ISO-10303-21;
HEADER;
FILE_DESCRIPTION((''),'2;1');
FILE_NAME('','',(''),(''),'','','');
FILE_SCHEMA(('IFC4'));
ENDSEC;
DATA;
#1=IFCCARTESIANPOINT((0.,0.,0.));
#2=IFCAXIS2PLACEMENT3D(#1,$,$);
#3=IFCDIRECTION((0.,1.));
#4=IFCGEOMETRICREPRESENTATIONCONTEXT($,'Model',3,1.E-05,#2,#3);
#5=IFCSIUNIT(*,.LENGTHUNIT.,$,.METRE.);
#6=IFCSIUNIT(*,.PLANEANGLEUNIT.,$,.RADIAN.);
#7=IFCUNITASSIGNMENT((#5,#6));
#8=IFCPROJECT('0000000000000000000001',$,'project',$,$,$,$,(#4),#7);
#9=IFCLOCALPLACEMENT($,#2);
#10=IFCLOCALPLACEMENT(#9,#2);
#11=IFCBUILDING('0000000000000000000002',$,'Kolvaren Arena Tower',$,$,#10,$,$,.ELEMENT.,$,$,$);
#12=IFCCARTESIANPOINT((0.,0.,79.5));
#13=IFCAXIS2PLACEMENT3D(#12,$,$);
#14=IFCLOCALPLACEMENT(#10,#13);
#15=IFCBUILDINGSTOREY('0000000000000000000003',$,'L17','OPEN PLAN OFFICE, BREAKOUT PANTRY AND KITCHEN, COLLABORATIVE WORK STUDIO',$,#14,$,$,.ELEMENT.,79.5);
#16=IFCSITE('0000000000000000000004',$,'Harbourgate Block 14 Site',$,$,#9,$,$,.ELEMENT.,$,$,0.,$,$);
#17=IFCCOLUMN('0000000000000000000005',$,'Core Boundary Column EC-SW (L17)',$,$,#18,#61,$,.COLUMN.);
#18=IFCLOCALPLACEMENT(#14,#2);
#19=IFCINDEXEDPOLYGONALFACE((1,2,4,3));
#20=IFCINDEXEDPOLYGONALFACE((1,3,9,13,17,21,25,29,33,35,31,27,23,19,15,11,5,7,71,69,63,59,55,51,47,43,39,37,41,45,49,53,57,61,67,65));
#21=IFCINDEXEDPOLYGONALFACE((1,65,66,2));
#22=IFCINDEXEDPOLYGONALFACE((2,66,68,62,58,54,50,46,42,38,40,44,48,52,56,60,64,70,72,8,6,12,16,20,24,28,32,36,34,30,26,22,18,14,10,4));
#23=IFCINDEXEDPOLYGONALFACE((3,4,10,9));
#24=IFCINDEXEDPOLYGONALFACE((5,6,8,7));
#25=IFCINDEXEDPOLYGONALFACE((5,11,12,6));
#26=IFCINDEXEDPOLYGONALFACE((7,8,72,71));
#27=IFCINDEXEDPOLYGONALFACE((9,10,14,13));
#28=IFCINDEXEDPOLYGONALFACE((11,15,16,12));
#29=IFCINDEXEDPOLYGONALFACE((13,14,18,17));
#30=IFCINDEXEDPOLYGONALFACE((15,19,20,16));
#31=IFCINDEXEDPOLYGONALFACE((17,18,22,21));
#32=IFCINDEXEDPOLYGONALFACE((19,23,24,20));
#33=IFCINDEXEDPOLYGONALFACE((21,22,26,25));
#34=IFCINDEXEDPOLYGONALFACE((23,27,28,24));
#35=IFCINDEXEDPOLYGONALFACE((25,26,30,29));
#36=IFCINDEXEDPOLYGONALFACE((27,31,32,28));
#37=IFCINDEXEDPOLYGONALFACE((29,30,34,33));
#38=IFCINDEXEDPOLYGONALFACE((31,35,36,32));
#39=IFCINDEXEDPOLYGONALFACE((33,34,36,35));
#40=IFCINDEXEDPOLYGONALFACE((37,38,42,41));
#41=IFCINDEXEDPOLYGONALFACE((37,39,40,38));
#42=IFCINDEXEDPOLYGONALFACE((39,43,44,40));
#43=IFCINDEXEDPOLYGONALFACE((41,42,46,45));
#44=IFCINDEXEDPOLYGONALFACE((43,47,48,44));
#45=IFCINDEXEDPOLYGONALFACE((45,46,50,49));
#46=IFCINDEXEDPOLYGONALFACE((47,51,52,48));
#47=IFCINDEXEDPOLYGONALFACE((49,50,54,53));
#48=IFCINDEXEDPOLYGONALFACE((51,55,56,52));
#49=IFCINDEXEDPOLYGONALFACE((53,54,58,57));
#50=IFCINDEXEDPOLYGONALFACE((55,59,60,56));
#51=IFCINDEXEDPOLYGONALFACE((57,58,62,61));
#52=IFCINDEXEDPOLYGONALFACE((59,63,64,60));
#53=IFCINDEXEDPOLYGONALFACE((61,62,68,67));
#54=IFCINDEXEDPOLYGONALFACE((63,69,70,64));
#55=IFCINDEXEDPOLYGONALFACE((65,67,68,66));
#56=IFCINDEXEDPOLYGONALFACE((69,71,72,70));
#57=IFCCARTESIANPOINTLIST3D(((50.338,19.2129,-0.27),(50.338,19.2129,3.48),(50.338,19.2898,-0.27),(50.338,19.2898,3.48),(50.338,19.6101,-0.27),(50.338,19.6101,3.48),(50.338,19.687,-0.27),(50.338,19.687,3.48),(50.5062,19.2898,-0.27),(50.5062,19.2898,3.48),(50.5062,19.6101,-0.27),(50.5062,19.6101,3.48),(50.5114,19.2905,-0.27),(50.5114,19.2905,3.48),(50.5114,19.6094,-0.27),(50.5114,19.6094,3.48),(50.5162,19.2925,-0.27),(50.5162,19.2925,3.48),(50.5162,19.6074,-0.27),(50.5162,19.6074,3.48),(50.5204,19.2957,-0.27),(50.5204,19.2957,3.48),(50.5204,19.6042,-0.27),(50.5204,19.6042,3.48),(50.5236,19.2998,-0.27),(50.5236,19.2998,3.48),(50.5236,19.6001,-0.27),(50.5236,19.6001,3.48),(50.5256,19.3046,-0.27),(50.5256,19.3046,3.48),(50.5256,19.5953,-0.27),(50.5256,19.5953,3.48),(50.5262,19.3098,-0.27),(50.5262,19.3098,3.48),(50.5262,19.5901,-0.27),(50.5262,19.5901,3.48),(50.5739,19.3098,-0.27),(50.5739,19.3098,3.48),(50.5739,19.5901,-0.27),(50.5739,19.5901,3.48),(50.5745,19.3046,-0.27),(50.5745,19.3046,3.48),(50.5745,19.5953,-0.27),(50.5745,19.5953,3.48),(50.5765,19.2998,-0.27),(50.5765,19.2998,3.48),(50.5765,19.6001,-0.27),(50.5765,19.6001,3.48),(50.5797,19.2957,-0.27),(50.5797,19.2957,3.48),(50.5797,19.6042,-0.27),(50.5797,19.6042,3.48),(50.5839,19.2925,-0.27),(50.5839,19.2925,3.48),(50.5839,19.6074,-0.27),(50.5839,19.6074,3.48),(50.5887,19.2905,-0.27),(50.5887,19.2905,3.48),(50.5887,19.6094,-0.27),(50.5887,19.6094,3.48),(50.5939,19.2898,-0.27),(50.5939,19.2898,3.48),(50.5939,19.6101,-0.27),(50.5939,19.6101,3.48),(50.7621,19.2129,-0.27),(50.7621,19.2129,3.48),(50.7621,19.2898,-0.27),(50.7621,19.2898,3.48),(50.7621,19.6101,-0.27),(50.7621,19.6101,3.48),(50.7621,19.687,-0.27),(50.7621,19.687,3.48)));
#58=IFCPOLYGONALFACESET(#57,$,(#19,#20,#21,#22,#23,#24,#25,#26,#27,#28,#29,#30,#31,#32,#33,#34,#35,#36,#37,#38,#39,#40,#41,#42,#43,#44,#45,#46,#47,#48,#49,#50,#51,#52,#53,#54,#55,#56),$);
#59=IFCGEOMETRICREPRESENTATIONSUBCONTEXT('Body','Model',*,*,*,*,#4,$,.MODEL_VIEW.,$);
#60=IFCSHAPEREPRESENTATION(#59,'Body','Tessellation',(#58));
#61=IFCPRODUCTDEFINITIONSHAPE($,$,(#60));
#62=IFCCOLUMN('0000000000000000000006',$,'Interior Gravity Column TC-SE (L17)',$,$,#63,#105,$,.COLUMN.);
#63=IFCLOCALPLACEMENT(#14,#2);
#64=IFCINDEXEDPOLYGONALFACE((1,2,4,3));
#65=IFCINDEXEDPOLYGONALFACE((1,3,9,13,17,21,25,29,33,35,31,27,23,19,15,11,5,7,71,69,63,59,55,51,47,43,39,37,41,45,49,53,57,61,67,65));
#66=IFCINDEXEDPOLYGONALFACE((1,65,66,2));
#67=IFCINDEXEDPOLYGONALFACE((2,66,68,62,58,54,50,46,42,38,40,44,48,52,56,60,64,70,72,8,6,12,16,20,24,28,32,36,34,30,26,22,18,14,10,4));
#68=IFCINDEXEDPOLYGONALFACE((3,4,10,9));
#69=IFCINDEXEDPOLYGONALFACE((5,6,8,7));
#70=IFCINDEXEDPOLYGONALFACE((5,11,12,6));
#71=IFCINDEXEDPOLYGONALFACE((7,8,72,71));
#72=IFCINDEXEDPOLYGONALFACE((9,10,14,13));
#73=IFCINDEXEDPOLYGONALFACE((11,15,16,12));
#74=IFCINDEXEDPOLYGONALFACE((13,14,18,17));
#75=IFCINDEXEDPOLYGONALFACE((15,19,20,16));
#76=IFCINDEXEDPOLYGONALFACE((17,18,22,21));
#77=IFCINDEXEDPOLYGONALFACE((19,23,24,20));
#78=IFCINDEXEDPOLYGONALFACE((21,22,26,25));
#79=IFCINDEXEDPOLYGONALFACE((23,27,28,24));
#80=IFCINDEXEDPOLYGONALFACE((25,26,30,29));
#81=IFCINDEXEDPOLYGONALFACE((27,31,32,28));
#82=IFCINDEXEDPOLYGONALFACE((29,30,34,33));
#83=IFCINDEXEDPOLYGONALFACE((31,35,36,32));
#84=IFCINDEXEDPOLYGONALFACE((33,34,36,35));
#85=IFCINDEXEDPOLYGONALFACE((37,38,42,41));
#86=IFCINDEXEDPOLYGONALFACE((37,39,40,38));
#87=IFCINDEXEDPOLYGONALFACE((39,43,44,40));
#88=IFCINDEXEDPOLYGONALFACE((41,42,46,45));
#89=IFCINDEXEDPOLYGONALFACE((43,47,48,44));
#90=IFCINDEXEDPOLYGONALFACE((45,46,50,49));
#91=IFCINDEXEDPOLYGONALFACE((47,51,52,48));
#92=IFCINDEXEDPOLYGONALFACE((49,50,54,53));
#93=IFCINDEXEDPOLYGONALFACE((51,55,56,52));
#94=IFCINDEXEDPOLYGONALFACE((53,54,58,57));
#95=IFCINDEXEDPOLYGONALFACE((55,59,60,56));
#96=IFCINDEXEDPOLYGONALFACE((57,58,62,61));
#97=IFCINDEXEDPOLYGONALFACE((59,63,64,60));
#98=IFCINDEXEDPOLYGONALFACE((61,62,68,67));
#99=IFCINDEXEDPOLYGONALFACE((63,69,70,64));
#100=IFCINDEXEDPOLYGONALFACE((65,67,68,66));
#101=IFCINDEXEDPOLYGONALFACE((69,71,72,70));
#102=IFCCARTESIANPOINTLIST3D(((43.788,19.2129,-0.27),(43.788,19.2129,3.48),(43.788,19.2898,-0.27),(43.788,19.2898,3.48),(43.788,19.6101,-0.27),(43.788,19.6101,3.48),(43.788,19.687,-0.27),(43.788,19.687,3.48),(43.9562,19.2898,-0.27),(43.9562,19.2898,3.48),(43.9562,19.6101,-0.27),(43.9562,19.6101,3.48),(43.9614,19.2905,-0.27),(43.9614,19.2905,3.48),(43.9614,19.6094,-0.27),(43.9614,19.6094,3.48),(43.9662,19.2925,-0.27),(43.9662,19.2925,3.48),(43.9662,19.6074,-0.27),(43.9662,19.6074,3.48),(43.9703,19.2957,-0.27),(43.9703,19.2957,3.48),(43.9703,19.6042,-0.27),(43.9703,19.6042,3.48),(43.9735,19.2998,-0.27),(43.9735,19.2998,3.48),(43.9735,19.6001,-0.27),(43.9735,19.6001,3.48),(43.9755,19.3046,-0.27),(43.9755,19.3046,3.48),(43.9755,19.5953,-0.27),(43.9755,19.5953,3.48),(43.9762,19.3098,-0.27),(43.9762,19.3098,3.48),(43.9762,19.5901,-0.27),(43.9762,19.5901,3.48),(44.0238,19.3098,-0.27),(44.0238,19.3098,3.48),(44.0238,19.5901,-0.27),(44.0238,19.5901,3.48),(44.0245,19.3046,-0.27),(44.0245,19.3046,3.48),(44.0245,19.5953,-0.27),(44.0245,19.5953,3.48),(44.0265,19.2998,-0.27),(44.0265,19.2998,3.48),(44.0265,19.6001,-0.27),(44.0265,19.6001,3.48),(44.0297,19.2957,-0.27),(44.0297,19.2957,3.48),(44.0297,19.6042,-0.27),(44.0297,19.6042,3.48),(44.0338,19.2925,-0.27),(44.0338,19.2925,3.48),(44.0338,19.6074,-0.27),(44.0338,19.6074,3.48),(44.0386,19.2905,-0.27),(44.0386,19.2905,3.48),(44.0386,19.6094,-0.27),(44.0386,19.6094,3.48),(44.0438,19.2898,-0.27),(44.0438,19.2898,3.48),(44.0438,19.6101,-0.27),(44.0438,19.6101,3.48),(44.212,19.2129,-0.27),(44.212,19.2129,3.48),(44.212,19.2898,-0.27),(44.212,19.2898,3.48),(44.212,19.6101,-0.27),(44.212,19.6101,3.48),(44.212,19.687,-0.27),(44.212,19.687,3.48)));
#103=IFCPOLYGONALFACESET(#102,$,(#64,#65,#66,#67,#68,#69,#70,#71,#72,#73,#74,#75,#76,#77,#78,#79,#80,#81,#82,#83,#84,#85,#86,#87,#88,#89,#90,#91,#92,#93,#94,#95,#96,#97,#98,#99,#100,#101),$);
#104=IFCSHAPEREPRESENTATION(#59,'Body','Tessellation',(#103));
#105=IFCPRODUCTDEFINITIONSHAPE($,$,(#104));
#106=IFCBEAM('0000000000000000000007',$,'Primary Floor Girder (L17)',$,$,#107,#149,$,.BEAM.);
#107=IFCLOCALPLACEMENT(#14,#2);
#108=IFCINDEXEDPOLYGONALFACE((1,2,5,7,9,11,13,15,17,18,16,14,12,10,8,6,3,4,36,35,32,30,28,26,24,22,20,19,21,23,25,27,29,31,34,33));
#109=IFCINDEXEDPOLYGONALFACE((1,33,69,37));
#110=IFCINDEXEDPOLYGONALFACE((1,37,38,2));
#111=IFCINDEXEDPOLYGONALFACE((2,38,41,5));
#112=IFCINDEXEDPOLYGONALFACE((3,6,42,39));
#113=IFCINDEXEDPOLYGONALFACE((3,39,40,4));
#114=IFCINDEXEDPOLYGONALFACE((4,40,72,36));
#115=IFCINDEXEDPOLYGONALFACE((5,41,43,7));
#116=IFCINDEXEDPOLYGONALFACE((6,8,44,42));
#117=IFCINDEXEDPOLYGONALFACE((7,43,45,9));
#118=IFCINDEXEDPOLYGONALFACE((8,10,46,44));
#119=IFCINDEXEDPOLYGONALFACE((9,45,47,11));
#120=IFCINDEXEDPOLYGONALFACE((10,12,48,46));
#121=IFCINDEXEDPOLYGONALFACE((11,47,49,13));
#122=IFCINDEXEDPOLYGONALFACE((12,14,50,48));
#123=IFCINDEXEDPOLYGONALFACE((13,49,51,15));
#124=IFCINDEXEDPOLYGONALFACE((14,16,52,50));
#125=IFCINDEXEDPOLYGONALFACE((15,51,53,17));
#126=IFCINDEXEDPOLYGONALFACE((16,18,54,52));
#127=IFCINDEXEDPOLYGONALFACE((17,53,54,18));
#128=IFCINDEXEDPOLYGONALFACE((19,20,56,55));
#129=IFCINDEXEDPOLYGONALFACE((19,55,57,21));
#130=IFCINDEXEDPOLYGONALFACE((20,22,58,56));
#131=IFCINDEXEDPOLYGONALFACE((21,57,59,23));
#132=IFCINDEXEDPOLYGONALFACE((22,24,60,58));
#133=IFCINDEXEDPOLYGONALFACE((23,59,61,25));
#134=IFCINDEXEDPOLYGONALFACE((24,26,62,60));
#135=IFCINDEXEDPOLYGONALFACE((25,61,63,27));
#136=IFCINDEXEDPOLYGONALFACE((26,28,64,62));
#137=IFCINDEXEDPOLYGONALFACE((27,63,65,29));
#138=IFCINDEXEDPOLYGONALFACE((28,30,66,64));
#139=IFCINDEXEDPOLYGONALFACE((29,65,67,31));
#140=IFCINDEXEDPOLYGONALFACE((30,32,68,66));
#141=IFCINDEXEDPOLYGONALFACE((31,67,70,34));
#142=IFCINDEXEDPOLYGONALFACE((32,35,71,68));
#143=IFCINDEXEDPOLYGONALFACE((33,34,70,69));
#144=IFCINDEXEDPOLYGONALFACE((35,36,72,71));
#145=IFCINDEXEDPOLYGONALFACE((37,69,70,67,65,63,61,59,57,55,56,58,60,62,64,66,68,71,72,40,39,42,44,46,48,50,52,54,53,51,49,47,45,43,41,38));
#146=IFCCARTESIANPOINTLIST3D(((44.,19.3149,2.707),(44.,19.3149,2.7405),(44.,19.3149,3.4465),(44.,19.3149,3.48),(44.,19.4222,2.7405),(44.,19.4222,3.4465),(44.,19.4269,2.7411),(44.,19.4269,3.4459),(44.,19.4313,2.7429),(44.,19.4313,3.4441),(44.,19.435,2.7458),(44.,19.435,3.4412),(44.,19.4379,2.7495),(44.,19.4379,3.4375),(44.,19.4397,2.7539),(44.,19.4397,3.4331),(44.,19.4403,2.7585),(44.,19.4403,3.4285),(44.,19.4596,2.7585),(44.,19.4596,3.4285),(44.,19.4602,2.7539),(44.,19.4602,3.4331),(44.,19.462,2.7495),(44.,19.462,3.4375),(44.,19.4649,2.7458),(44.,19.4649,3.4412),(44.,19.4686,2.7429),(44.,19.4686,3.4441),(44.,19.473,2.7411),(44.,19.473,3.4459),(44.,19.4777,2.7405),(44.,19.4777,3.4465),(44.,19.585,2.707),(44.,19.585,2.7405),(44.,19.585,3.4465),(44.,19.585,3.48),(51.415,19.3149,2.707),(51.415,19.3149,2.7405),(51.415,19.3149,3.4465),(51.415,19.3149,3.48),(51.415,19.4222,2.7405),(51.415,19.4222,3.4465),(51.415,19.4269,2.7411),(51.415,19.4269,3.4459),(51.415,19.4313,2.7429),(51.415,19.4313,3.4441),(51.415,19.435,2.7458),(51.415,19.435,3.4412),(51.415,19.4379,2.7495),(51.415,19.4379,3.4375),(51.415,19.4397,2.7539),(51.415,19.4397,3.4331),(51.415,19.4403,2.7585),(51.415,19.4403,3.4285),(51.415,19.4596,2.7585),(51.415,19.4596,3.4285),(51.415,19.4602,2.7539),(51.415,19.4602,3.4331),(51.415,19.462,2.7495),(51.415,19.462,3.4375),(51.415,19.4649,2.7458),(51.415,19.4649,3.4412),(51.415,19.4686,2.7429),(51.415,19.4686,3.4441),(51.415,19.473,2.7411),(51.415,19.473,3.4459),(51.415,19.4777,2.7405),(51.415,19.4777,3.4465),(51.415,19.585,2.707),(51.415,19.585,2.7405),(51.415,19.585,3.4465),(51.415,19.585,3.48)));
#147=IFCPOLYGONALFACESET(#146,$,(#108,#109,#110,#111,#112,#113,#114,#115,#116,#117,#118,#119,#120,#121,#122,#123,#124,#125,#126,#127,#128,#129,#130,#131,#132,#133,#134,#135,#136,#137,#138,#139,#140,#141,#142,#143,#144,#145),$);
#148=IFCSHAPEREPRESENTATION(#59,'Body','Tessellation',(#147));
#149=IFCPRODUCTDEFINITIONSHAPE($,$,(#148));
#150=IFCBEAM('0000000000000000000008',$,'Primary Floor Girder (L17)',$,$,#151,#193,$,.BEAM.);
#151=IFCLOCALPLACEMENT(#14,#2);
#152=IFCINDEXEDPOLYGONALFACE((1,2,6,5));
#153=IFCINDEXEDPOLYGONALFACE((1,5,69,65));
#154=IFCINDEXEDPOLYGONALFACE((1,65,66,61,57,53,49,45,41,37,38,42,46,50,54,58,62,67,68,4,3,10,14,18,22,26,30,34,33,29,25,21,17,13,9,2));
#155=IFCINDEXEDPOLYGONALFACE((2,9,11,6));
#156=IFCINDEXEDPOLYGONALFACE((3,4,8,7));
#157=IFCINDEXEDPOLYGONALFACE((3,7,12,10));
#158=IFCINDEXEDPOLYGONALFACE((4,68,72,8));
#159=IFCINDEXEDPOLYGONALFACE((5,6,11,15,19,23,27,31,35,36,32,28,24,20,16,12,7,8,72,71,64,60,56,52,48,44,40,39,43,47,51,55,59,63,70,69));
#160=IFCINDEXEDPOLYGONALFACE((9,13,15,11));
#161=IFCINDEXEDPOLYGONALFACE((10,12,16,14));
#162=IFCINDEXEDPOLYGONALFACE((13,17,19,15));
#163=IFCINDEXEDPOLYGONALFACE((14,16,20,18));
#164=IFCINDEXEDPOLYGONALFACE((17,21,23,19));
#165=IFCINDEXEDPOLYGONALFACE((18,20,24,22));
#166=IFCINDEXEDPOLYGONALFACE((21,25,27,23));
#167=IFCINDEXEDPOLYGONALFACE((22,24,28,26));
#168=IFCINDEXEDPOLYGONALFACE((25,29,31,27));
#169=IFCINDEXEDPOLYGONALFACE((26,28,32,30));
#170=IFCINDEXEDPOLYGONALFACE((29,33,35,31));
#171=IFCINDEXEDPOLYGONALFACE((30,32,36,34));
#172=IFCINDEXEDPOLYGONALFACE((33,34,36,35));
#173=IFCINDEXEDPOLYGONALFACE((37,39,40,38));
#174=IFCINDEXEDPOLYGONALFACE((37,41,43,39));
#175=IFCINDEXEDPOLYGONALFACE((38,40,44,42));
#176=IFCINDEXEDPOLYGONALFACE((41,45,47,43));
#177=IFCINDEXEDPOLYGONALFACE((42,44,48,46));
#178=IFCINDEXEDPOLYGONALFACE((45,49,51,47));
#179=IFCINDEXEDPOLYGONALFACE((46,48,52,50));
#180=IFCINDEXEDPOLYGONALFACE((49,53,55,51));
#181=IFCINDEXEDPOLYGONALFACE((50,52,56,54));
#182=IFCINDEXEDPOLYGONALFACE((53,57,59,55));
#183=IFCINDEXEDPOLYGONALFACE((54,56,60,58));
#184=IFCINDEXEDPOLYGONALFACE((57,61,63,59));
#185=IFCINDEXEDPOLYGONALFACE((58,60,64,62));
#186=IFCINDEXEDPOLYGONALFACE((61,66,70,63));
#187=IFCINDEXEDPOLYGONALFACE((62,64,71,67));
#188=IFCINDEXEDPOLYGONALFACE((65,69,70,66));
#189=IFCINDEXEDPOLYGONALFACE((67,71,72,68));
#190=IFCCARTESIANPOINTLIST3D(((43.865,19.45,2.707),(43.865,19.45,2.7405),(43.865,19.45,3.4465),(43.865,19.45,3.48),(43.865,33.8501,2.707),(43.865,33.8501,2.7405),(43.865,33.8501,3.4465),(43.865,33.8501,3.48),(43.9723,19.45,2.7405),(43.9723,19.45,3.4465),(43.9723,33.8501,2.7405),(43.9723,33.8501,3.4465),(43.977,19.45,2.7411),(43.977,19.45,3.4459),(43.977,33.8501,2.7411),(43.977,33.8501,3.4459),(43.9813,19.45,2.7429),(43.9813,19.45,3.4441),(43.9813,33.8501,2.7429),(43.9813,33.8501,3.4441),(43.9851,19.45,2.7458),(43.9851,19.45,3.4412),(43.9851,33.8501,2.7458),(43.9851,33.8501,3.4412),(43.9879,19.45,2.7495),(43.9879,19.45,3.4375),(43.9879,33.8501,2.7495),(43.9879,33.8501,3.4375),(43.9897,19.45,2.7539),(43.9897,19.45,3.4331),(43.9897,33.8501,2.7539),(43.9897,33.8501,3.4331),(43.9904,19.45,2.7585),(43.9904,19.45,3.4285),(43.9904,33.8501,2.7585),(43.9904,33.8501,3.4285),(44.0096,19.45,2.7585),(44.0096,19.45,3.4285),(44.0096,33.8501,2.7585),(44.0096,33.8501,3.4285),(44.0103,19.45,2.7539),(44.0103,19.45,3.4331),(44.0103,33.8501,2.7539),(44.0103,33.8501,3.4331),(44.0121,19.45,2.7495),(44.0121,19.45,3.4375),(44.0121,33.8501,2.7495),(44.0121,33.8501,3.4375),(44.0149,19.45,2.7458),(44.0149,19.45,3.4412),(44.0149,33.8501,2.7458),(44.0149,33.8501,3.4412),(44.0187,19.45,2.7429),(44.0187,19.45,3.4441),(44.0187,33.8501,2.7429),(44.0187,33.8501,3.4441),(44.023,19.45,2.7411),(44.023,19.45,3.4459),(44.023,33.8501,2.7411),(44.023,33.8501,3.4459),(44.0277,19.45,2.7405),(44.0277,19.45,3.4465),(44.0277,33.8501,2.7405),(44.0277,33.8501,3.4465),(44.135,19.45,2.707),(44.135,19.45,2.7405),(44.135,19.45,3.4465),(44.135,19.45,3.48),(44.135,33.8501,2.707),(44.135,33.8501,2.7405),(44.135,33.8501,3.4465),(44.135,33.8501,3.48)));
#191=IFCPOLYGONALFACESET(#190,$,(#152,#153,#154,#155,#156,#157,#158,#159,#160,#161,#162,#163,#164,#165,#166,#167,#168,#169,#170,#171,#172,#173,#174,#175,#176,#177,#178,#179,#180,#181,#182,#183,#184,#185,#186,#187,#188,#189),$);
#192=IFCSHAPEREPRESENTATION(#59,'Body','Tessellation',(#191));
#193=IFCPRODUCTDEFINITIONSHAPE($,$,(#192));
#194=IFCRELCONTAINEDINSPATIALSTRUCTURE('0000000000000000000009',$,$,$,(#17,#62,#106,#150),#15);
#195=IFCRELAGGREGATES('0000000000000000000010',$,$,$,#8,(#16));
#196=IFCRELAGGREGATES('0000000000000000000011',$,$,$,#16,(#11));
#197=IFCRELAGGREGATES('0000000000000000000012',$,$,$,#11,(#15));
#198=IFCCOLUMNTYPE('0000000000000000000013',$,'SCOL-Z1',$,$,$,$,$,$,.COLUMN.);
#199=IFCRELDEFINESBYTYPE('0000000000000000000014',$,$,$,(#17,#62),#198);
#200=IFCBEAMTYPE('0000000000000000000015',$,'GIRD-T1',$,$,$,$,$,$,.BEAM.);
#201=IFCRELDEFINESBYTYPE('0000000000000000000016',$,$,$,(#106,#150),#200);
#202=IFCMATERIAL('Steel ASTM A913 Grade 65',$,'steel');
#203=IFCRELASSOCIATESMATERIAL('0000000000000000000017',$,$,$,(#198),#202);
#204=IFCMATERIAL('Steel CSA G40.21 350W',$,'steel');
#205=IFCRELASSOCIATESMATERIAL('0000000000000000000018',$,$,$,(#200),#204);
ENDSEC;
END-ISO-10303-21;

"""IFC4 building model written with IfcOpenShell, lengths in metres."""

from ifc_helpers import new_model, si_unit, direction, frame, origin, origin_2d, place, context, subcontext, project, spatial, i_section, extrude, material, material_profile, profile_set, type_object, element, save


model = new_model("IFC4")

# Units and contexts
model_context = context("Model", 3, precision=1e-05, world=origin(), true_north=direction((0.0, 1.0)))
body_context = subcontext(model_context, "Body", "Model", "MODEL_VIEW")
ifc_project = project(units=[si_unit("LENGTHUNIT", "METRE"), si_unit("PLANEANGLEUNIT", "RADIAN")], contexts=[model_context])

# Site, building, storey
site_placement = place(None, origin())
site = spatial("IfcSite", under=ifc_project, at=site_placement, Name="Harbourgate Block 14 Site", CompositionType="ELEMENT", RefElevation=0.0)
building_placement = place(site_placement, origin())
building = spatial("IfcBuilding", under=site, at=building_placement, Name="Kolvaren Arena Tower", CompositionType="ELEMENT")
storey_placement = place(building_placement, frame((0.0, 0.0, 79.5)))
storey = spatial("IfcBuildingStorey", under=building, at=storey_placement, Name="L17", Description="OPEN PLAN OFFICE, BREAKOUT PANTRY AND KITCHEN, COLLABORATIVE WORK STUDIO", CompositionType="ELEMENT", Elevation=79.5)

# Columns
ifc_material_1 = material(Name="Steel ASTM A913 Grade 65", Category="steel")
ifc_material_profile_1 = material_profile(ifc_material_1, i_section(OverallWidth=0.4241, OverallDepth=0.4741, WebThickness=0.0476, FlangeThickness=0.0769, FilletRadius=0.02, at=origin_2d()), Name="W360x634")
ifc_profile_set_1 = profile_set([ifc_material_profile_1], Name="Steel ASTM A913 Grade 65")
column_type = type_object("IfcColumnType", Name="SCOL-Z1", PredefinedType="COLUMN", material=ifc_profile_set_1)
for number, where, z_axis, x_axis, name in (
    (1, (50.55, 19.45, -0.27), (0.0, 0.0, 1.0), (1.0, 0.0, 0.0), "Core Boundary Column EC-SW (L17)"),
    (2, (44.0, 19.45, -0.27), (0.0, 0.0, 1.0), (1.0, 0.0, 0.0), "Interior Gravity Column TC-SE (L17)"),
):
    element("IfcColumn", number, at=place(storey_placement, frame(where, z_axis=z_axis, x_axis=x_axis)), inside=storey, type_object=column_type, Name=name, PredefinedType="COLUMN", context=body_context, shape_type="SweptSolid", body=[
        extrude(i_section(OverallWidth=0.4241, OverallDepth=0.4741, WebThickness=0.0476, FlangeThickness=0.0769, FilletRadius=0.02, at=origin_2d()), origin(), (0.0, 0.0, 1.0), 3.75),
    ])

# Beams
ifc_material_2 = material(Name="Steel CSA G40.21 350W", Category="steel")
ifc_material_profile_2 = material_profile(ifc_material_2, i_section(OverallWidth=0.27, OverallDepth=0.7729, WebThickness=0.0193, FlangeThickness=0.0334, FilletRadius=0.0181, at=origin_2d()), Name="W760x257")
ifc_profile_set_2 = profile_set([ifc_material_profile_2], Name="Steel CSA G40.21 350W")
beam_type_1 = type_object("IfcBeamType", Name="GIRD-T1", PredefinedType="BEAM", material=ifc_profile_set_2)
beam_1_placement = place(storey_placement, frame((44.0, 19.45, 3.0935), z_axis=(1.0, 0.0, 0.0), x_axis=(0.0, 1.0, 0.0)))
element("IfcBeam", 3, at=beam_1_placement, inside=storey, type_object=beam_type_1, Name="Primary Floor Girder (L17)", PredefinedType="BEAM", context=body_context, shape_type="SweptSolid", body=[
    extrude(i_section(OverallWidth=0.27, OverallDepth=0.7729, WebThickness=0.0193, FlangeThickness=0.0334, FilletRadius=0.0181, at=origin_2d()), origin(), (0.0, 0.0, 1.0), 7.415),
])
beam_2_placement = place(storey_placement, frame((44.0, 19.45, 3.0935), z_axis=(0.0, 1.0, 0.0), x_axis=(-1.0, 0.0, 0.0)))
element("IfcBeam", 4, at=beam_2_placement, inside=storey, type_object=beam_type_1, Name="Primary Floor Girder (L17)", PredefinedType="BEAM", context=body_context, shape_type="SweptSolid", body=[
    extrude(i_section(OverallWidth=0.27, OverallDepth=0.7729, WebThickness=0.0193, FlangeThickness=0.0334, FilletRadius=0.0181, at=origin_2d()), origin(), (0.0, 0.0, 1.0), 14.4001),
])

save(model, "model.ifc")
